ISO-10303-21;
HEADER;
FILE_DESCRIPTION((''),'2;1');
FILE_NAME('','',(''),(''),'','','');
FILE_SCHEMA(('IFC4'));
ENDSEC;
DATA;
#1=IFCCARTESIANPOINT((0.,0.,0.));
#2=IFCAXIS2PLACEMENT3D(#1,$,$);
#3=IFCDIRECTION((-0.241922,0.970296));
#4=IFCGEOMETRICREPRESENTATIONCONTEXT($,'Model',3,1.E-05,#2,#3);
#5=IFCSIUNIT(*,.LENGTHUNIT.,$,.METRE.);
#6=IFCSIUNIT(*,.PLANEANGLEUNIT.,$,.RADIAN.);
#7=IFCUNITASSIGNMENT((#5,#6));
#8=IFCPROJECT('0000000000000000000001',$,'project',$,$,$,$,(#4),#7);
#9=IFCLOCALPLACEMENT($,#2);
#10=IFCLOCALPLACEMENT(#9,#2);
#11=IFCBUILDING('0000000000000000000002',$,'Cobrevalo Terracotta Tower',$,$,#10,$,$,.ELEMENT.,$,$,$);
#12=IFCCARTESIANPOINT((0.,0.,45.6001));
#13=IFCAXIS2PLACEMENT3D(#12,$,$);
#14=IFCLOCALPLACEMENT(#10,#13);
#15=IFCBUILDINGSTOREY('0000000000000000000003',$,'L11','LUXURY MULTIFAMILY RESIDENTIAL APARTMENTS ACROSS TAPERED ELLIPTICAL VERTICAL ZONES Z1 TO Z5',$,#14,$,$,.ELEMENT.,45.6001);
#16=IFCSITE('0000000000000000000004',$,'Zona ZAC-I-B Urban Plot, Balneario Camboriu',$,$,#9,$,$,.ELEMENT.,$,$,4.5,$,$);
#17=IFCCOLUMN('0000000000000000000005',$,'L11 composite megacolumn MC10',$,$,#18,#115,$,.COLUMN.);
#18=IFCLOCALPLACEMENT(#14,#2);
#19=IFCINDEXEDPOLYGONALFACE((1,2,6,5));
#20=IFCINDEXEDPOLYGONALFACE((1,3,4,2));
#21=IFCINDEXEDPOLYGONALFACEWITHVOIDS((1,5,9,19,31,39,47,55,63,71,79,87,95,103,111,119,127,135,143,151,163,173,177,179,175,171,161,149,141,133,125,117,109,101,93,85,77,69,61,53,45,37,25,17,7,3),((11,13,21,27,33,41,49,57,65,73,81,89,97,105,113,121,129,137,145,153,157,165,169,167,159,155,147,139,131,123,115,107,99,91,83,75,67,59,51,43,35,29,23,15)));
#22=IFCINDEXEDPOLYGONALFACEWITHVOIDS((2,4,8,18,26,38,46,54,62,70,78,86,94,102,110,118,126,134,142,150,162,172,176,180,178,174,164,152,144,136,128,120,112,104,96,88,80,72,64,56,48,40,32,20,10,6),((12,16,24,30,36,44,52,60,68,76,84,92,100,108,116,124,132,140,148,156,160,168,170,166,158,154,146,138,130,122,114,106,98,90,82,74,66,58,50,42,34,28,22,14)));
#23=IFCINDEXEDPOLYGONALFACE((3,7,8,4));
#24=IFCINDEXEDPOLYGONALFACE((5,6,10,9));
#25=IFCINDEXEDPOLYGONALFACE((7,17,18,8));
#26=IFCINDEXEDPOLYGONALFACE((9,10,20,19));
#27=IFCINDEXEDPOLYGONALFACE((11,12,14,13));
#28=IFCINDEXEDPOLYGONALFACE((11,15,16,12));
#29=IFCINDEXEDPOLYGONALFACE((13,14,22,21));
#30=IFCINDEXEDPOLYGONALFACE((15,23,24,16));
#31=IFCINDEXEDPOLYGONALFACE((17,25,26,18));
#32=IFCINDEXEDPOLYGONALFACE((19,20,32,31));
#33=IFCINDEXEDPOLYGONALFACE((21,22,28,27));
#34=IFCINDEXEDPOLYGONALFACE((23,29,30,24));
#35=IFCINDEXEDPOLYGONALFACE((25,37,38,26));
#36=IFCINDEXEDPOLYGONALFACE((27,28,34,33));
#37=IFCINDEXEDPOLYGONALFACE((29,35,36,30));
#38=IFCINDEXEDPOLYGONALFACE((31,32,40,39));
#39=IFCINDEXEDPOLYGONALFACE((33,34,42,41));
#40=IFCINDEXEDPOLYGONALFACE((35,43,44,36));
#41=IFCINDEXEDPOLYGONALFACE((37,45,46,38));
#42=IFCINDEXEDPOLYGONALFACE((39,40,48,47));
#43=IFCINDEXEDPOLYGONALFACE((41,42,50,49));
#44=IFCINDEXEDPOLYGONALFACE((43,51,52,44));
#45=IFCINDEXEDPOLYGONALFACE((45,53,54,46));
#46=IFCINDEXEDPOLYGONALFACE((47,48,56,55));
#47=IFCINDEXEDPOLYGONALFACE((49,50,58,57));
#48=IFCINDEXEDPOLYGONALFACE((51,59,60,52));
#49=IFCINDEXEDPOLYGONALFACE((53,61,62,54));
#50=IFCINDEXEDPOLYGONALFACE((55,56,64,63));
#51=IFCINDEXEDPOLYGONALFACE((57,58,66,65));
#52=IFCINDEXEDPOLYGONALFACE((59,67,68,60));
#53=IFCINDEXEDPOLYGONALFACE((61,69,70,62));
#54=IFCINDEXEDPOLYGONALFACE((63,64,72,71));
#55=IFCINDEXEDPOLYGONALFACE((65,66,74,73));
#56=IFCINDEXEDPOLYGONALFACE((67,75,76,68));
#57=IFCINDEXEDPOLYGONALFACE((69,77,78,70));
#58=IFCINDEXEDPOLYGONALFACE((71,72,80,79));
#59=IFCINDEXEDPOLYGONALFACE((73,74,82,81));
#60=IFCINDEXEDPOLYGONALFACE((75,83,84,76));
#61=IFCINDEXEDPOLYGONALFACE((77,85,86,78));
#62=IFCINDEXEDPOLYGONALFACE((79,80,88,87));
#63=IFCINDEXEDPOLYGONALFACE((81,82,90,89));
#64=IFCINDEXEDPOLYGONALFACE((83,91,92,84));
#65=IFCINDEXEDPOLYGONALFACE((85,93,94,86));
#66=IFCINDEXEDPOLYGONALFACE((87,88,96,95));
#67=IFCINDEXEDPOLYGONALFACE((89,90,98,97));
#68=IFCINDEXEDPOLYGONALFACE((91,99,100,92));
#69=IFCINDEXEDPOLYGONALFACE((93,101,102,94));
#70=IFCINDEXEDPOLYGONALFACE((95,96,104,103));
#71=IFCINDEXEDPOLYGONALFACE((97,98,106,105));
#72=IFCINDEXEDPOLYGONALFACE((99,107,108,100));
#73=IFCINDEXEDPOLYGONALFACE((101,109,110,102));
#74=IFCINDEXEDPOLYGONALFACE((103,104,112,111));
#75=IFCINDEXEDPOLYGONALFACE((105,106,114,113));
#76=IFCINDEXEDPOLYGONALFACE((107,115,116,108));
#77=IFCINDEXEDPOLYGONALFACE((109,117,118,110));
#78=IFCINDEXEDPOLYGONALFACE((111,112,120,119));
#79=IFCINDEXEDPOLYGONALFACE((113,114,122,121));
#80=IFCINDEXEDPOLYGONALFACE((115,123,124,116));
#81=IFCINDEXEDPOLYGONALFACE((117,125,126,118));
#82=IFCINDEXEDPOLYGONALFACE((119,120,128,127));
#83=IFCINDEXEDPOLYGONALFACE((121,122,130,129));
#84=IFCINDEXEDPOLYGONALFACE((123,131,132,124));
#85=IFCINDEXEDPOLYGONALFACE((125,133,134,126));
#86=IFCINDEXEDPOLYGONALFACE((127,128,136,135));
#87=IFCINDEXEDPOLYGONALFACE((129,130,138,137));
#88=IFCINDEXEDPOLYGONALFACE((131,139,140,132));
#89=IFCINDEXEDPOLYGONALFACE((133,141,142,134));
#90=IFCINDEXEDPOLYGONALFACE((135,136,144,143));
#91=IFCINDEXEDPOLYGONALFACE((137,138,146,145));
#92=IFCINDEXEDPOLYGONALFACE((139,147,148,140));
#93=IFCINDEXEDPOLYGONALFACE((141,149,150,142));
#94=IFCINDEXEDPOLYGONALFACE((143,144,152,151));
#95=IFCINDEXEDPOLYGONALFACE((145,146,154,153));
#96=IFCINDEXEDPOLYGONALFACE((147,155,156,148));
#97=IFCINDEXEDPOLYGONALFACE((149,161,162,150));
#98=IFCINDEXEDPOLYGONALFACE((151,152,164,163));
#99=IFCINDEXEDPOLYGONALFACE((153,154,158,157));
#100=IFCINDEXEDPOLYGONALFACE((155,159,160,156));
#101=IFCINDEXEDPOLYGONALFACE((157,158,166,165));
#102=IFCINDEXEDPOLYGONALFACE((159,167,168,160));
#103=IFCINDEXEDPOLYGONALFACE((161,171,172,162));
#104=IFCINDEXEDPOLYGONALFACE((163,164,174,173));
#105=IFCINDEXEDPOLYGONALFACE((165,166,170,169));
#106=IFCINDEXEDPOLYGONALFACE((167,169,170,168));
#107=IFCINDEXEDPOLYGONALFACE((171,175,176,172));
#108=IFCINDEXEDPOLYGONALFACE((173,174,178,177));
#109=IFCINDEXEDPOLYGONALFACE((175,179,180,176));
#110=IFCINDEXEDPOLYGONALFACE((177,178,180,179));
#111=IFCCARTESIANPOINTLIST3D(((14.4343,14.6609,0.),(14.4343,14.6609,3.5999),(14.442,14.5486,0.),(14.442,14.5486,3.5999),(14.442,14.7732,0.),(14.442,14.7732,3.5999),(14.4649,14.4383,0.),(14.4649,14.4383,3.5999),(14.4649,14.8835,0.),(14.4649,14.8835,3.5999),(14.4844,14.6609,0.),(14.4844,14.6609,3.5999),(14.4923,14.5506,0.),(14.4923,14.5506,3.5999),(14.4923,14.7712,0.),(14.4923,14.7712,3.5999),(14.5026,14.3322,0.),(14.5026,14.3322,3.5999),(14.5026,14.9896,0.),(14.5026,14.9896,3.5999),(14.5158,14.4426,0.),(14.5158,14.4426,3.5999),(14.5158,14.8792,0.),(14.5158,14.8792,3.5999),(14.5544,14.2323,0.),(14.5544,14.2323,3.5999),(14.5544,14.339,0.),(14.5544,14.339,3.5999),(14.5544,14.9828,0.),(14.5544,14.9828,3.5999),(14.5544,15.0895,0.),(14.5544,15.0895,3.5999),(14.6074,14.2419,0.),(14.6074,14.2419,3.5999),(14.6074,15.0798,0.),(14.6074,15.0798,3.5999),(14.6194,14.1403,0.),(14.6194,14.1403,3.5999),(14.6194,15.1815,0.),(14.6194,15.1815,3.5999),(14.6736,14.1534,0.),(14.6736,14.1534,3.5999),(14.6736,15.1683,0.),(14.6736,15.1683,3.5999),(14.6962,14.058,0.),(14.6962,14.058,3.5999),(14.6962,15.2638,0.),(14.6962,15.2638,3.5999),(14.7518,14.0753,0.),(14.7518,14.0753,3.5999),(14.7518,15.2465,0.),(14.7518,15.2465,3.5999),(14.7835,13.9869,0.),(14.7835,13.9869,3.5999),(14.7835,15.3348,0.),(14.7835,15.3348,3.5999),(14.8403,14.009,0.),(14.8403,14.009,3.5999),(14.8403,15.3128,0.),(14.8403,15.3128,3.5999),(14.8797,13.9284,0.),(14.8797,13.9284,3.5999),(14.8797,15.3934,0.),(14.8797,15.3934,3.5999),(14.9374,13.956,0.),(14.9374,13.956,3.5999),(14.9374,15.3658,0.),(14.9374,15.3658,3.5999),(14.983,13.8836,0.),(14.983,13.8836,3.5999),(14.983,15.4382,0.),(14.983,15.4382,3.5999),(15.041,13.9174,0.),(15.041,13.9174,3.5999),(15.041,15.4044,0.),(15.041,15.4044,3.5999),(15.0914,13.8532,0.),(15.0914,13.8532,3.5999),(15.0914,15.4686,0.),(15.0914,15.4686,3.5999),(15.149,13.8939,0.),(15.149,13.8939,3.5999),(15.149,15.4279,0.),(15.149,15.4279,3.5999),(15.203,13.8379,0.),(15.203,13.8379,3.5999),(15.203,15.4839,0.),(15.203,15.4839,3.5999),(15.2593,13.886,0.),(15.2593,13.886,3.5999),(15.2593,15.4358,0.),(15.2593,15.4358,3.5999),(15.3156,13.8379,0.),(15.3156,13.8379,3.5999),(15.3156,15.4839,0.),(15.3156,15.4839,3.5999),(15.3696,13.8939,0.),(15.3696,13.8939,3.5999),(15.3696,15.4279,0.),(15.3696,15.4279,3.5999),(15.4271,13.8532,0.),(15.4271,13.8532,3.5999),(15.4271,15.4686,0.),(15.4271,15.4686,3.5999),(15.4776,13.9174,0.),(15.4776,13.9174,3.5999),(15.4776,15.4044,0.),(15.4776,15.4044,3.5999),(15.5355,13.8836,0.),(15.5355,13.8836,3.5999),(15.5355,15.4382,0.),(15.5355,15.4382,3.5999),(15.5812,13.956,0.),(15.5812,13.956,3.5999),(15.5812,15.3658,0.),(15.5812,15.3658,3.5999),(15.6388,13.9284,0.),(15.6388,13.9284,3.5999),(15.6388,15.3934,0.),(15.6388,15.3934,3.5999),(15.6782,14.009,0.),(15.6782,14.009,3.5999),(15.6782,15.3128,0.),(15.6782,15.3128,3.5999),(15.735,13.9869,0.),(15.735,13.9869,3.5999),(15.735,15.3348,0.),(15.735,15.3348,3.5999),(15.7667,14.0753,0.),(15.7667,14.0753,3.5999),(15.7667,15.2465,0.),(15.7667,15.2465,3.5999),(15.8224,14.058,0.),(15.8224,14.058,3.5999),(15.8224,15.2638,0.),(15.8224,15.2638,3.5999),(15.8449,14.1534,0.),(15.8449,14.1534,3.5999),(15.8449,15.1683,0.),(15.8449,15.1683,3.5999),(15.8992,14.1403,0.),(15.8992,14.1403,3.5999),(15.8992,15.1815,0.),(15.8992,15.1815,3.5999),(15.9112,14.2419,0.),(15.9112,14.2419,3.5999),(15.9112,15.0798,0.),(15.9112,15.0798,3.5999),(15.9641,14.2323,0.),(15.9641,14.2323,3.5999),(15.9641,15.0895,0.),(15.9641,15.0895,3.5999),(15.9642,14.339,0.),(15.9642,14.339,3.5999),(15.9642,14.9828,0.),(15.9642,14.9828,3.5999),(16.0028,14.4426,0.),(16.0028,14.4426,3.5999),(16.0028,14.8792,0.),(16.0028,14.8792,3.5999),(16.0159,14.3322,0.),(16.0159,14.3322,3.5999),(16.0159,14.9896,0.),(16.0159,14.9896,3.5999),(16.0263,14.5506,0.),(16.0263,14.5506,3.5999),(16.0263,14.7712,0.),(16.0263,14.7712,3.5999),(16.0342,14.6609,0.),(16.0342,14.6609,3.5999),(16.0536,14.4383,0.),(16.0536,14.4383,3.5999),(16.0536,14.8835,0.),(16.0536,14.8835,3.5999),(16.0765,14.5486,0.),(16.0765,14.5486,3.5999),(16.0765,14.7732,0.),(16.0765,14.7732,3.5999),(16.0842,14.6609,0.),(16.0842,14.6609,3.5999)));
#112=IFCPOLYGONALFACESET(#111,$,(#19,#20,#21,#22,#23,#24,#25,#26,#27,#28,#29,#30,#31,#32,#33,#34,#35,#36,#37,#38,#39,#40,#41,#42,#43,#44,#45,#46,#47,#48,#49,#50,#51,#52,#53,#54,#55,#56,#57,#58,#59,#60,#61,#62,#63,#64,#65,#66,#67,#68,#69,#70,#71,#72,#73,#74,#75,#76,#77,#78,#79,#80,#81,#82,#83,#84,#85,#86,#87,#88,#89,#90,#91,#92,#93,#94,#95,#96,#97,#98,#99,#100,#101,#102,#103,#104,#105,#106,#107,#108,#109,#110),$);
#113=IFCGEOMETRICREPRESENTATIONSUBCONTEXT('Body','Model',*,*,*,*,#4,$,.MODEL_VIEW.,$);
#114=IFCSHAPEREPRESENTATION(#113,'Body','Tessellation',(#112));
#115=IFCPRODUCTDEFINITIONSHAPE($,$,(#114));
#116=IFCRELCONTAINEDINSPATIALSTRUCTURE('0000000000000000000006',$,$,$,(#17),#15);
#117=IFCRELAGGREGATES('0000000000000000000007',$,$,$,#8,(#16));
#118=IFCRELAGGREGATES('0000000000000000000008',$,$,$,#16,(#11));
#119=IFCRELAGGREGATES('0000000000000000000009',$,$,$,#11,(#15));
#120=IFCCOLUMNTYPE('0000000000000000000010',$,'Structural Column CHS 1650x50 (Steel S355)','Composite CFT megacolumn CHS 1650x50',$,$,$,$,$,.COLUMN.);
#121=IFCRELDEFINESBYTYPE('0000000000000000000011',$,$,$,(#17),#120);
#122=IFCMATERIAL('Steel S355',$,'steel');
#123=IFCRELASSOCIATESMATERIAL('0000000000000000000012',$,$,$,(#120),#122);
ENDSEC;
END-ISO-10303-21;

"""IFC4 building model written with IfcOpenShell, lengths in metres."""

from ifc_helpers import new_model, si_unit, direction, frame, origin, origin_2d, place, context, subcontext, project, spatial, hollow_circle, extrude, material, material_profile, profile_set, type_object, element, save


model = new_model("IFC4")

# Units and contexts
model_context = context("Model", 3, precision=1e-05, world=origin(), true_north=direction((-0.241922, 0.970296)))
body_context = subcontext(model_context, "Body", "Model", "MODEL_VIEW")
ifc_project = project(units=[si_unit("LENGTHUNIT", "METRE"), si_unit("PLANEANGLEUNIT", "RADIAN")], contexts=[model_context])

# Site, building, storey
site_placement = place(None, origin())
site = spatial("IfcSite", under=ifc_project, at=site_placement, Name="Zona ZAC-I-B Urban Plot, Balneario Camboriu", CompositionType="ELEMENT", RefElevation=4.5)
building_placement = place(site_placement, origin())
building = spatial("IfcBuilding", under=site, at=building_placement, Name="Cobrevalo Terracotta Tower", CompositionType="ELEMENT")
storey_placement = place(building_placement, frame((0.0, 0.0, 45.6001)))
storey = spatial("IfcBuildingStorey", under=building, at=storey_placement, Name="L11", Description="LUXURY MULTIFAMILY RESIDENTIAL APARTMENTS ACROSS TAPERED ELLIPTICAL VERTICAL ZONES Z1 TO Z5", CompositionType="ELEMENT", Elevation=45.6001)

# Column
ifc_material_1 = material(Name="Steel S355", Category="steel")
ifc_material_profile_1 = material_profile(ifc_material_1, hollow_circle(Radius=0.825, WallThickness=0.05, at=origin_2d()), Name="CHS 1650x50")
ifc_profile_set_1 = profile_set([ifc_material_profile_1], Name="Steel S355")
column_type = type_object("IfcColumnType", Name="Structural Column CHS 1650x50 (Steel S355)", Description="Composite CFT megacolumn CHS 1650x50", PredefinedType="COLUMN", material=ifc_profile_set_1)
for number, where, z_axis, x_axis, name in (
    (1, (15.2593, 14.6609, 0.0), (0.0, 0.0, 1.0), (1.0, 0.0, 0.0), "L11 composite megacolumn MC10"),
):
    element("IfcColumn", number, at=place(storey_placement, frame(where, z_axis=z_axis, x_axis=x_axis)), inside=storey, type_object=column_type, Name=name, PredefinedType="COLUMN", context=body_context, shape_type="SweptSolid", body=[
        extrude(hollow_circle(Radius=0.825, WallThickness=0.05, at=origin_2d()), origin(), (0.0, 0.0, 1.0), 3.5999),
    ])

save(model, "model.ifc")
